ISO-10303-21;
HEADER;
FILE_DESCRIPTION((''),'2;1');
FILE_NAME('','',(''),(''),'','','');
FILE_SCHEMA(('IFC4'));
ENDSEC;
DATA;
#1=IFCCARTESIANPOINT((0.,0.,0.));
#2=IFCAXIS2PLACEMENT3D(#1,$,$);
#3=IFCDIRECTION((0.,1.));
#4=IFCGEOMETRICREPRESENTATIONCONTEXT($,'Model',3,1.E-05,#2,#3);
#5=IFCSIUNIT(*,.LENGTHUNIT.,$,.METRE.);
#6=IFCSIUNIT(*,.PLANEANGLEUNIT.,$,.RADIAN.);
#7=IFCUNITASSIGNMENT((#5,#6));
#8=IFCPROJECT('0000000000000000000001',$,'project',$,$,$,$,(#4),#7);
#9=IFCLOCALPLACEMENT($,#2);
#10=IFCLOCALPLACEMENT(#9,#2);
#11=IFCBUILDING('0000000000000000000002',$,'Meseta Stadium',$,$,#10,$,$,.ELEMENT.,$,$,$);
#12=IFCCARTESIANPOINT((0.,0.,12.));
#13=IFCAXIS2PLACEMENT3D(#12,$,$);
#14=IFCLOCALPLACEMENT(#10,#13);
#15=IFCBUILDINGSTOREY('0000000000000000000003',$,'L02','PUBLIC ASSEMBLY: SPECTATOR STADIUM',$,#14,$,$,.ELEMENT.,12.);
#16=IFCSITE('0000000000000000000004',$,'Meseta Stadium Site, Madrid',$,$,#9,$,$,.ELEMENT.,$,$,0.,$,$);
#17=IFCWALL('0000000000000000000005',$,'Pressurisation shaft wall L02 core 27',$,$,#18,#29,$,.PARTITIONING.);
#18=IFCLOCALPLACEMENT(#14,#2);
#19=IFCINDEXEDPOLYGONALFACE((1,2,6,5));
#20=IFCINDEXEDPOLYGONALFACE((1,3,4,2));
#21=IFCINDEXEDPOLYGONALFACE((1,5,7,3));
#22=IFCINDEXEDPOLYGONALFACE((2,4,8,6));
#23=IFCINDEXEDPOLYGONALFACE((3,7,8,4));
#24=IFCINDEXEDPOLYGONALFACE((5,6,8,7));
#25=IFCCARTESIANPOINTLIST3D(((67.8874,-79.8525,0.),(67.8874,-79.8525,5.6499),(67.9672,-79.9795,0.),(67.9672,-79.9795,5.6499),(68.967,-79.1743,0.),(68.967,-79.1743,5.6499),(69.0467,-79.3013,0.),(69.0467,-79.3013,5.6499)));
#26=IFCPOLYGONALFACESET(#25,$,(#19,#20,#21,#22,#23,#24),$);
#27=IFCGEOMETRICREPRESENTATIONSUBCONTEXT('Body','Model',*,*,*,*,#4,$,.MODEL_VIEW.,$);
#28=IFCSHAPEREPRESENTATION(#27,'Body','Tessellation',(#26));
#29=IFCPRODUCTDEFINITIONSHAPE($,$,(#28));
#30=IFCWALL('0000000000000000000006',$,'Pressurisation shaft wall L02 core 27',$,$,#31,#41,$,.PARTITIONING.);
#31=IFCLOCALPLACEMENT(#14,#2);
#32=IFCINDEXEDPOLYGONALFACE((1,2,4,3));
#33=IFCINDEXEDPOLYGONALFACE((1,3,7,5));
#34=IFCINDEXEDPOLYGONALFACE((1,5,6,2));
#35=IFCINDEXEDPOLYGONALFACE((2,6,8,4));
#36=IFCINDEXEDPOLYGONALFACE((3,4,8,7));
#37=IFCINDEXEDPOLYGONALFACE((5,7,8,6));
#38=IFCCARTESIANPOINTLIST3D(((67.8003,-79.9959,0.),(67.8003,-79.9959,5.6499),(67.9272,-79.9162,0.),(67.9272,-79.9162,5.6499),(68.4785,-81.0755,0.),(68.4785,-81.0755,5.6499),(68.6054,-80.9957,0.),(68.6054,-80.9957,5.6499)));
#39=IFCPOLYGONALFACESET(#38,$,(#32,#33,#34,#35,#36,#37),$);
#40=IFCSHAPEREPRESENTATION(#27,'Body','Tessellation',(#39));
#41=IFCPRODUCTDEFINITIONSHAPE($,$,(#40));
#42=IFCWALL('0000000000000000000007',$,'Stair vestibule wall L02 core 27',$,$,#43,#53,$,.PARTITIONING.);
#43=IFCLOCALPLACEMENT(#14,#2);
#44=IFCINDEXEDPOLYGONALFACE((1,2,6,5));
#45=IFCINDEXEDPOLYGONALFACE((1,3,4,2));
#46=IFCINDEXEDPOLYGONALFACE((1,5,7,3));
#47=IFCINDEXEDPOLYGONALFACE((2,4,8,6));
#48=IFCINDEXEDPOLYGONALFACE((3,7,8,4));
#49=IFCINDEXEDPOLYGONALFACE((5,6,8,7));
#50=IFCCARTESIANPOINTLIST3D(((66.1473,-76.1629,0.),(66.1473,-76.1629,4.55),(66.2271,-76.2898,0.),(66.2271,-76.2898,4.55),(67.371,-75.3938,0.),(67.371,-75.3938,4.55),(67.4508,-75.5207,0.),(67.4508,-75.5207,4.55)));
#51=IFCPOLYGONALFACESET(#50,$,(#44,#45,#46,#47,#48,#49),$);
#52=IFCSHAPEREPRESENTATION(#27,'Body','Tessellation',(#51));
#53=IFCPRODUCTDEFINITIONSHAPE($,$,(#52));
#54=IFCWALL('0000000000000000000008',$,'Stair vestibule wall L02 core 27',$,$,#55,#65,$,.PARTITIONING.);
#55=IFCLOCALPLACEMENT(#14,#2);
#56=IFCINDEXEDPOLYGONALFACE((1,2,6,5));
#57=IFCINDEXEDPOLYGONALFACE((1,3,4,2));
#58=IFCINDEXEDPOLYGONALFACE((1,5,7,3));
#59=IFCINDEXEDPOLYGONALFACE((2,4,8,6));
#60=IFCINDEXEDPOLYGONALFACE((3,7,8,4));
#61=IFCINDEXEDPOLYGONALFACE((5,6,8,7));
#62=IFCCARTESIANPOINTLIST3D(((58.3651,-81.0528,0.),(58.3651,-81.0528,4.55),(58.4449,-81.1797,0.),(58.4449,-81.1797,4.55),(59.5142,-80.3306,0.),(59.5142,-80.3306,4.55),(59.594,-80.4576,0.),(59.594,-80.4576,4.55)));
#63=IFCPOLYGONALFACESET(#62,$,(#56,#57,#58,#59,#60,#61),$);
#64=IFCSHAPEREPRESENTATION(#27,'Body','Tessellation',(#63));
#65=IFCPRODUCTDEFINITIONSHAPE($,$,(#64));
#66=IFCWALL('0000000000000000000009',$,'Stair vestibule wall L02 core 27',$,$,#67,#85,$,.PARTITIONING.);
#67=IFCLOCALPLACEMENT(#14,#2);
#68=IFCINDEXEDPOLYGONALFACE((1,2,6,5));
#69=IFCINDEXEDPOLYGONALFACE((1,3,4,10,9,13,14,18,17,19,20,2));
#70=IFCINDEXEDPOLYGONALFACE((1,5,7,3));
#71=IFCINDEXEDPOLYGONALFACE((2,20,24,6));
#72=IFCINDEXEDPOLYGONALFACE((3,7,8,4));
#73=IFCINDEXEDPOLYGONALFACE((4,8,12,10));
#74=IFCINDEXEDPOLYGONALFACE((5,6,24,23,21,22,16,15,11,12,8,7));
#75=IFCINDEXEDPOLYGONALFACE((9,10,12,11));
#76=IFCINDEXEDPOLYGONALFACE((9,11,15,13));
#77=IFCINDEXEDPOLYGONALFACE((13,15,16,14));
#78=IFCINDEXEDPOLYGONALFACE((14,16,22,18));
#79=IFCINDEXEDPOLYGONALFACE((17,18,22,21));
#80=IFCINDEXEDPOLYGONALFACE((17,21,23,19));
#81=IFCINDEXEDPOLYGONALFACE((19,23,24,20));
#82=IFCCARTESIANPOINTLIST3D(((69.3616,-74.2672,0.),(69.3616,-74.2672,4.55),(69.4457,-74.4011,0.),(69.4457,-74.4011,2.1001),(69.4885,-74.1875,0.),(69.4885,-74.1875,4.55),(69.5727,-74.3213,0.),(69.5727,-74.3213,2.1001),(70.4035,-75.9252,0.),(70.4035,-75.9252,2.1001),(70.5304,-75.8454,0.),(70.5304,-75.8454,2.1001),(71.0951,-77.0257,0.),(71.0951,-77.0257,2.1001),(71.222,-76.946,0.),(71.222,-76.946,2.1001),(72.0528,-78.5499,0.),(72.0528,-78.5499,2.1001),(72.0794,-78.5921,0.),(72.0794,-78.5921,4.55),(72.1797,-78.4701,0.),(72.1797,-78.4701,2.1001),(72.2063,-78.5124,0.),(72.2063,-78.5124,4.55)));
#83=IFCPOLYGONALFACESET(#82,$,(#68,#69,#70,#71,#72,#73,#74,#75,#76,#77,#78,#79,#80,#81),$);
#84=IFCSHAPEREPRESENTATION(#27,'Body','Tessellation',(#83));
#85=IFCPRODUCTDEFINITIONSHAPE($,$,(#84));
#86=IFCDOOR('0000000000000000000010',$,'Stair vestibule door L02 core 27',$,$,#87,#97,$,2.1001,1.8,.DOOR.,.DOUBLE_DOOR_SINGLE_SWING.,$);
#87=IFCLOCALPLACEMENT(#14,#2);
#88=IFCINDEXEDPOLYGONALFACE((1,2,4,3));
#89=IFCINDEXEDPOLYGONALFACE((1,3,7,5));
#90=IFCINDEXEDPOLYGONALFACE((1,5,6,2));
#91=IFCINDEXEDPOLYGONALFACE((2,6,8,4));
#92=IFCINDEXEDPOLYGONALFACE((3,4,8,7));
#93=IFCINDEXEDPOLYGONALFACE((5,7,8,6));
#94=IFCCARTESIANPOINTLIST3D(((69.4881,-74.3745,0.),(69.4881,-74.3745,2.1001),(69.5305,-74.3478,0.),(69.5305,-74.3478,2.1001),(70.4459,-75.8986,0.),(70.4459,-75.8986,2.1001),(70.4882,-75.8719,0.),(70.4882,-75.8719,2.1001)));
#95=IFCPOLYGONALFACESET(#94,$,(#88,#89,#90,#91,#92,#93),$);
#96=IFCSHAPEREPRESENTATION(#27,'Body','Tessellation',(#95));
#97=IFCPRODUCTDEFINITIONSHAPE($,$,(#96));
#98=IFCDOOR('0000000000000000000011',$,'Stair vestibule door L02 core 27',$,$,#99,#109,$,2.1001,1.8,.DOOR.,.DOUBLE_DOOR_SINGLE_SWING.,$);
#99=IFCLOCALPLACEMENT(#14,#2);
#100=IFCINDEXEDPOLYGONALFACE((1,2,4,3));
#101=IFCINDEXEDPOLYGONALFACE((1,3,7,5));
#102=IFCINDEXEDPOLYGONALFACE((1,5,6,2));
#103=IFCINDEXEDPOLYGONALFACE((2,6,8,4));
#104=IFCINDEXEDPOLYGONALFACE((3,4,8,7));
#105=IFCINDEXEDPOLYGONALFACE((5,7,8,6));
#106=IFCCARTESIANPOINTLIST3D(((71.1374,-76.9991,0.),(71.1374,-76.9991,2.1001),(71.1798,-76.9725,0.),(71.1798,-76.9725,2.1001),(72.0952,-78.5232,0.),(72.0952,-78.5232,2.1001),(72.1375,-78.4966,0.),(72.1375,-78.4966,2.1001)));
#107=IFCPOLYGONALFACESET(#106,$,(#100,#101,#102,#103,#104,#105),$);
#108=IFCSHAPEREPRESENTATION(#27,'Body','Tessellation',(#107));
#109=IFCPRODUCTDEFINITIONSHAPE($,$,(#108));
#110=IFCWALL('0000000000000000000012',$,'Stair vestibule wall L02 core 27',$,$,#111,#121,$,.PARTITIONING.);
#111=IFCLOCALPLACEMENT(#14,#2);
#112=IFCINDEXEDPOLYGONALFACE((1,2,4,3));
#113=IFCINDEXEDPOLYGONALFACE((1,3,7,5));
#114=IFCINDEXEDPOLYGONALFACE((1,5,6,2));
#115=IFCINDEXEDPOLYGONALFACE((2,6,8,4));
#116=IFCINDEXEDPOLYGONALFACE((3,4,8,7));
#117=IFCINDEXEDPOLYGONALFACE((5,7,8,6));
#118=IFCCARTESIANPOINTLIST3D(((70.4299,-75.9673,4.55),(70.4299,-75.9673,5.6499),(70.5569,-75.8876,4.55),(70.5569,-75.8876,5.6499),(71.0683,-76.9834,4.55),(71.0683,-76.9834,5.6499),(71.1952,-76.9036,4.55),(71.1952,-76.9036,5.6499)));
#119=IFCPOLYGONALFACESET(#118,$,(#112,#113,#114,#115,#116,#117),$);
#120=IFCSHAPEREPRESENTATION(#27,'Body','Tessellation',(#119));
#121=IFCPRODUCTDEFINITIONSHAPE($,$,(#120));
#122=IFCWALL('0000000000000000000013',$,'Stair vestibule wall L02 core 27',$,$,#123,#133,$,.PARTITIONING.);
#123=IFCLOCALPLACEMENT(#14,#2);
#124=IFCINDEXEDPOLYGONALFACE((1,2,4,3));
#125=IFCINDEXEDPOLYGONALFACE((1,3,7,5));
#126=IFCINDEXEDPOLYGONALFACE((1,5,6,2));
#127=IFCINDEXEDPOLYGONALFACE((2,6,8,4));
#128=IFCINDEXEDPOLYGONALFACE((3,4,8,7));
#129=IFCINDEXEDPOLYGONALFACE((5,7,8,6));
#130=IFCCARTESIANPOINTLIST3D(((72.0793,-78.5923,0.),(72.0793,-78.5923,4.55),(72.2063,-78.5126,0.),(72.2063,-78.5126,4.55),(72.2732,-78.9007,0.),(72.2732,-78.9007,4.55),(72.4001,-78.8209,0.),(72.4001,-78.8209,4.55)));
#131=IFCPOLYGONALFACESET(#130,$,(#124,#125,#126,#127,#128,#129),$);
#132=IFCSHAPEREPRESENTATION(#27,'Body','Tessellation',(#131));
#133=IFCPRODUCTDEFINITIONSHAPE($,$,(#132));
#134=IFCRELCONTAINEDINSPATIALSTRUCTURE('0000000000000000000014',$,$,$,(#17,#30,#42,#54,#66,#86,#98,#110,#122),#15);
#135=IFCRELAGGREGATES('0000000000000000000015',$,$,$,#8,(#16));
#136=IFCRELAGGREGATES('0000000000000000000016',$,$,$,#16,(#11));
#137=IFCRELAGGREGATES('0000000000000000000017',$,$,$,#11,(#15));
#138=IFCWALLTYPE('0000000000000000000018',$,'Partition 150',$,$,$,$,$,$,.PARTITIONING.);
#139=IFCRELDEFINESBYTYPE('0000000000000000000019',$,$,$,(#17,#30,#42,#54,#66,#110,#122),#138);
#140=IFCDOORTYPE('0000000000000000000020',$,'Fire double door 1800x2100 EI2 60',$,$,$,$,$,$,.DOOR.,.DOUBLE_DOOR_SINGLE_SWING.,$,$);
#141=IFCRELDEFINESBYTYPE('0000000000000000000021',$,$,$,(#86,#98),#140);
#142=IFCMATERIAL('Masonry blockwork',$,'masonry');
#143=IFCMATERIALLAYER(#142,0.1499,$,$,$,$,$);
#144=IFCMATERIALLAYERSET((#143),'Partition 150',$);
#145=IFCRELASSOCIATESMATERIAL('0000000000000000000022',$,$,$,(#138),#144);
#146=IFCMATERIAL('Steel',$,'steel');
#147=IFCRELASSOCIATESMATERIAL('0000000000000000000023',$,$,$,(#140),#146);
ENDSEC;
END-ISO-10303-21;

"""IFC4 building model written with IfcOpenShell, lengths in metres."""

from ifc_helpers import new_model, si_unit, direction, frame, frame_2d, origin, place, context, subcontext, project, spatial, rectangle, extrude, material, layer, layer_set, type_object, element, fill, save


model = new_model("IFC4")

# Units and contexts
model_context = context("Model", 3, precision=1e-05, world=origin(), true_north=direction((0.0, 1.0)))
body_context = subcontext(model_context, "Body", "Model", "MODEL_VIEW")
ifc_project = project(units=[si_unit("LENGTHUNIT", "METRE"), si_unit("PLANEANGLEUNIT", "RADIAN")], contexts=[model_context])

# Site, building, storey
site_placement = place(None, origin())
site = spatial("IfcSite", under=ifc_project, at=site_placement, Name="Meseta Stadium Site, Madrid", CompositionType="ELEMENT", RefElevation=0.0)
building_placement = place(site_placement, origin())
building = spatial("IfcBuilding", under=site, at=building_placement, Name="Meseta Stadium", CompositionType="ELEMENT")
storey_placement = place(building_placement, frame((0.0, 0.0, 12.0)))
storey = spatial("IfcBuildingStorey", under=building, at=storey_placement, Name="L02", Description="PUBLIC ASSEMBLY: SPECTATOR STADIUM", CompositionType="ELEMENT", Elevation=12.0)

# Walls
ifc_material_1 = material(Name="Masonry blockwork", Category="masonry")
ifc_layer_1 = layer(ifc_material_1, 0.1499)
ifc_layer_set_1 = layer_set([ifc_layer_1], Name="Partition 150")
wall_type_1 = type_object("IfcWallType", Name="Partition 150", PredefinedType="PARTITIONING", material=ifc_layer_set_1)
for number, where, z_axis, x_axis, name in (
    (1, (69.0068, -79.2378, 0.0), (0.0, 0.0, 1.0), (-0.84677, -0.53196, 0.0), "Pressurisation shaft wall L02 core 27"),
    (2, (67.8638, -79.9561, 0.0), (0.0, 0.0, 1.0), (0.53196, -0.84677, 0.0), "Pressurisation shaft wall L02 core 27"),
):
    element("IfcWall", number, at=place(storey_placement, frame(where, z_axis=z_axis, x_axis=x_axis)), inside=storey, type_object=wall_type_1, Name=name, PredefinedType="PARTITIONING", context=body_context, shape_type="SweptSolid", body=[
        extrude(rectangle(XDim=1.2749, YDim=0.1499, at=frame_2d((0.6375, 0.0))), origin(), (0.0, 0.0, 1.0), 5.6499),
    ])
wall_1_placement = place(storey_placement, frame((67.4109, -75.4573, 0.0), z_axis=(0.0, 0.0, 1.0), x_axis=(-0.846667, -0.532123, 0.0)))
element("IfcWall", 3, at=wall_1_placement, inside=storey, type_object=wall_type_1, Name="Stair vestibule wall L02 core 27", PredefinedType="PARTITIONING", context=body_context, shape_type="SweptSolid", body=[
    extrude(rectangle(XDim=1.4453, YDim=0.1499, at=frame_2d((0.7227, 0.0))), origin(), (0.0, 0.0, 1.0), 4.55),
])
wall_2_placement = place(storey_placement, frame((59.5542, -80.394, 0.0), z_axis=(0.0, 0.0, 1.0), x_axis=(-0.846692, -0.532083, 0.0)))
element("IfcWall", 4, at=wall_2_placement, inside=storey, type_object=wall_type_1, Name="Stair vestibule wall L02 core 27", PredefinedType="PARTITIONING", context=body_context, shape_type="SweptSolid", body=[
    extrude(rectangle(XDim=1.3572, YDim=0.1499, at=frame_2d((0.6787, 0.0))), origin(), (0.0, 0.0, 1.0), 4.55),
])

# Wall, openings, doors
wall_3_placement = place(storey_placement, frame((72.1428, -78.5522, 0.0), z_axis=(0.0, 0.0, 1.0), x_axis=(-0.532064, 0.846704, 0.0)))
wall_3 = element("IfcWall", 5, at=wall_3_placement, inside=storey, type_object=wall_type_1, Name="Stair vestibule wall L02 core 27", PredefinedType="PARTITIONING", context=body_context, shape_type="SweptSolid", body=[
    extrude(rectangle(XDim=5.1079, YDim=0.1499, at=frame_2d((2.554, 0.0))), origin(), (0.0, 0.0, 1.0), 4.55),
])
opening_1_placement = place(wall_3_placement, frame((3.1499, 0.0, 0.0)))
opening_1 = element("IfcOpeningElement", 6, at=opening_1_placement, cuts=wall_3, PredefinedType="OPENING", context=body_context, shape_type="SweptSolid", body=[
    extrude(rectangle(XDim=1.8, YDim=2.1001, at=frame_2d((0.8999, 1.05))), frame((0.0, 0.085, 0.0), z_axis=(0.0, -1.0, 0.0), x_axis=(1.0, 0.0, 0.0)), (0.0, 0.0, 1.0), 0.1699),
])
opening_2_placement = place(wall_3_placement, frame((0.05, 0.0, 0.0)))
opening_2 = element("IfcOpeningElement", 7, at=opening_2_placement, cuts=wall_3, PredefinedType="OPENING", context=body_context, shape_type="SweptSolid", body=[
    extrude(rectangle(XDim=1.8, YDim=2.1001, at=frame_2d((0.8999, 1.05))), frame((0.0, 0.085, 0.0), z_axis=(0.0, -1.0, 0.0), x_axis=(1.0, 0.0, 0.0)), (0.0, 0.0, 1.0), 0.1699),
])
ifc_material_2 = material(Name="Steel", Category="steel")
door_type_1 = type_object("IfcDoorType", Name="Fire double door 1800x2100 EI2 60", OperationType="DOUBLE_DOOR_SINGLE_SWING", PredefinedType="DOOR", material=ifc_material_2)
door_1_placement = place(opening_1_placement, origin())
door_1 = element("IfcDoor", 8, at=door_1_placement, inside=storey, type_object=door_type_1, Name="Stair vestibule door L02 core 27", OperationType="DOUBLE_DOOR_SINGLE_SWING", OverallHeight=2.1001, OverallWidth=1.8, PredefinedType="DOOR", context=body_context, shape_type="SweptSolid", body=[
    extrude(rectangle(XDim=1.8, YDim=2.1001, at=frame_2d((0.8999, 1.05))), frame((0.0, 0.0249, 0.0), z_axis=(0.0, -1.0, 0.0), x_axis=(1.0, 0.0, 0.0)), (0.0, 0.0, 1.0), 0.05),
])
fill(opening_1, door_1)
door_2_placement = place(opening_2_placement, origin())
door_2 = element("IfcDoor", 9, at=door_2_placement, inside=storey, type_object=door_type_1, Name="Stair vestibule door L02 core 27", OperationType="DOUBLE_DOOR_SINGLE_SWING", OverallHeight=2.1001, OverallWidth=1.8, PredefinedType="DOOR", context=body_context, shape_type="SweptSolid", body=[
    extrude(rectangle(XDim=1.8, YDim=2.1001, at=frame_2d((0.8999, 1.05))), frame((0.0, 0.0249, 0.0), z_axis=(0.0, -1.0, 0.0), x_axis=(1.0, 0.0, 0.0)), (0.0, 0.0, 1.0), 0.05),
])
fill(opening_2, door_2)

# Walls
wall_4_placement = place(storey_placement, frame((71.1318, -76.9436, 4.55), z_axis=(0.0, 0.0, 1.0), x_axis=(-0.532009, 0.846739, 0.0)))
element("IfcWall", 10, at=wall_4_placement, inside=storey, type_object=wall_type_1, Name="Stair vestibule wall L02 core 27", PredefinedType="PARTITIONING", context=body_context, shape_type="SweptSolid", body=[
    extrude(rectangle(XDim=1.2, YDim=0.1499, at=frame_2d((0.6001, 0.0))), origin(), (0.0, 0.0, 1.0), 1.0999),
])
wall_5_placement = place(storey_placement, frame((72.3367, -78.8608, 0.0), z_axis=(0.0, 0.0, 1.0), x_axis=(-0.532226, 0.846602, 0.0)))
element("IfcWall", 11, at=wall_5_placement, inside=storey, type_object=wall_type_1, Name="Stair vestibule wall L02 core 27", PredefinedType="PARTITIONING", context=body_context, shape_type="SweptSolid", body=[
    extrude(rectangle(XDim=0.3643, YDim=0.1499, at=frame_2d((0.1821, 0.0))), origin(), (0.0, 0.0, 1.0), 4.55),
])

save(model, "model.ifc")
